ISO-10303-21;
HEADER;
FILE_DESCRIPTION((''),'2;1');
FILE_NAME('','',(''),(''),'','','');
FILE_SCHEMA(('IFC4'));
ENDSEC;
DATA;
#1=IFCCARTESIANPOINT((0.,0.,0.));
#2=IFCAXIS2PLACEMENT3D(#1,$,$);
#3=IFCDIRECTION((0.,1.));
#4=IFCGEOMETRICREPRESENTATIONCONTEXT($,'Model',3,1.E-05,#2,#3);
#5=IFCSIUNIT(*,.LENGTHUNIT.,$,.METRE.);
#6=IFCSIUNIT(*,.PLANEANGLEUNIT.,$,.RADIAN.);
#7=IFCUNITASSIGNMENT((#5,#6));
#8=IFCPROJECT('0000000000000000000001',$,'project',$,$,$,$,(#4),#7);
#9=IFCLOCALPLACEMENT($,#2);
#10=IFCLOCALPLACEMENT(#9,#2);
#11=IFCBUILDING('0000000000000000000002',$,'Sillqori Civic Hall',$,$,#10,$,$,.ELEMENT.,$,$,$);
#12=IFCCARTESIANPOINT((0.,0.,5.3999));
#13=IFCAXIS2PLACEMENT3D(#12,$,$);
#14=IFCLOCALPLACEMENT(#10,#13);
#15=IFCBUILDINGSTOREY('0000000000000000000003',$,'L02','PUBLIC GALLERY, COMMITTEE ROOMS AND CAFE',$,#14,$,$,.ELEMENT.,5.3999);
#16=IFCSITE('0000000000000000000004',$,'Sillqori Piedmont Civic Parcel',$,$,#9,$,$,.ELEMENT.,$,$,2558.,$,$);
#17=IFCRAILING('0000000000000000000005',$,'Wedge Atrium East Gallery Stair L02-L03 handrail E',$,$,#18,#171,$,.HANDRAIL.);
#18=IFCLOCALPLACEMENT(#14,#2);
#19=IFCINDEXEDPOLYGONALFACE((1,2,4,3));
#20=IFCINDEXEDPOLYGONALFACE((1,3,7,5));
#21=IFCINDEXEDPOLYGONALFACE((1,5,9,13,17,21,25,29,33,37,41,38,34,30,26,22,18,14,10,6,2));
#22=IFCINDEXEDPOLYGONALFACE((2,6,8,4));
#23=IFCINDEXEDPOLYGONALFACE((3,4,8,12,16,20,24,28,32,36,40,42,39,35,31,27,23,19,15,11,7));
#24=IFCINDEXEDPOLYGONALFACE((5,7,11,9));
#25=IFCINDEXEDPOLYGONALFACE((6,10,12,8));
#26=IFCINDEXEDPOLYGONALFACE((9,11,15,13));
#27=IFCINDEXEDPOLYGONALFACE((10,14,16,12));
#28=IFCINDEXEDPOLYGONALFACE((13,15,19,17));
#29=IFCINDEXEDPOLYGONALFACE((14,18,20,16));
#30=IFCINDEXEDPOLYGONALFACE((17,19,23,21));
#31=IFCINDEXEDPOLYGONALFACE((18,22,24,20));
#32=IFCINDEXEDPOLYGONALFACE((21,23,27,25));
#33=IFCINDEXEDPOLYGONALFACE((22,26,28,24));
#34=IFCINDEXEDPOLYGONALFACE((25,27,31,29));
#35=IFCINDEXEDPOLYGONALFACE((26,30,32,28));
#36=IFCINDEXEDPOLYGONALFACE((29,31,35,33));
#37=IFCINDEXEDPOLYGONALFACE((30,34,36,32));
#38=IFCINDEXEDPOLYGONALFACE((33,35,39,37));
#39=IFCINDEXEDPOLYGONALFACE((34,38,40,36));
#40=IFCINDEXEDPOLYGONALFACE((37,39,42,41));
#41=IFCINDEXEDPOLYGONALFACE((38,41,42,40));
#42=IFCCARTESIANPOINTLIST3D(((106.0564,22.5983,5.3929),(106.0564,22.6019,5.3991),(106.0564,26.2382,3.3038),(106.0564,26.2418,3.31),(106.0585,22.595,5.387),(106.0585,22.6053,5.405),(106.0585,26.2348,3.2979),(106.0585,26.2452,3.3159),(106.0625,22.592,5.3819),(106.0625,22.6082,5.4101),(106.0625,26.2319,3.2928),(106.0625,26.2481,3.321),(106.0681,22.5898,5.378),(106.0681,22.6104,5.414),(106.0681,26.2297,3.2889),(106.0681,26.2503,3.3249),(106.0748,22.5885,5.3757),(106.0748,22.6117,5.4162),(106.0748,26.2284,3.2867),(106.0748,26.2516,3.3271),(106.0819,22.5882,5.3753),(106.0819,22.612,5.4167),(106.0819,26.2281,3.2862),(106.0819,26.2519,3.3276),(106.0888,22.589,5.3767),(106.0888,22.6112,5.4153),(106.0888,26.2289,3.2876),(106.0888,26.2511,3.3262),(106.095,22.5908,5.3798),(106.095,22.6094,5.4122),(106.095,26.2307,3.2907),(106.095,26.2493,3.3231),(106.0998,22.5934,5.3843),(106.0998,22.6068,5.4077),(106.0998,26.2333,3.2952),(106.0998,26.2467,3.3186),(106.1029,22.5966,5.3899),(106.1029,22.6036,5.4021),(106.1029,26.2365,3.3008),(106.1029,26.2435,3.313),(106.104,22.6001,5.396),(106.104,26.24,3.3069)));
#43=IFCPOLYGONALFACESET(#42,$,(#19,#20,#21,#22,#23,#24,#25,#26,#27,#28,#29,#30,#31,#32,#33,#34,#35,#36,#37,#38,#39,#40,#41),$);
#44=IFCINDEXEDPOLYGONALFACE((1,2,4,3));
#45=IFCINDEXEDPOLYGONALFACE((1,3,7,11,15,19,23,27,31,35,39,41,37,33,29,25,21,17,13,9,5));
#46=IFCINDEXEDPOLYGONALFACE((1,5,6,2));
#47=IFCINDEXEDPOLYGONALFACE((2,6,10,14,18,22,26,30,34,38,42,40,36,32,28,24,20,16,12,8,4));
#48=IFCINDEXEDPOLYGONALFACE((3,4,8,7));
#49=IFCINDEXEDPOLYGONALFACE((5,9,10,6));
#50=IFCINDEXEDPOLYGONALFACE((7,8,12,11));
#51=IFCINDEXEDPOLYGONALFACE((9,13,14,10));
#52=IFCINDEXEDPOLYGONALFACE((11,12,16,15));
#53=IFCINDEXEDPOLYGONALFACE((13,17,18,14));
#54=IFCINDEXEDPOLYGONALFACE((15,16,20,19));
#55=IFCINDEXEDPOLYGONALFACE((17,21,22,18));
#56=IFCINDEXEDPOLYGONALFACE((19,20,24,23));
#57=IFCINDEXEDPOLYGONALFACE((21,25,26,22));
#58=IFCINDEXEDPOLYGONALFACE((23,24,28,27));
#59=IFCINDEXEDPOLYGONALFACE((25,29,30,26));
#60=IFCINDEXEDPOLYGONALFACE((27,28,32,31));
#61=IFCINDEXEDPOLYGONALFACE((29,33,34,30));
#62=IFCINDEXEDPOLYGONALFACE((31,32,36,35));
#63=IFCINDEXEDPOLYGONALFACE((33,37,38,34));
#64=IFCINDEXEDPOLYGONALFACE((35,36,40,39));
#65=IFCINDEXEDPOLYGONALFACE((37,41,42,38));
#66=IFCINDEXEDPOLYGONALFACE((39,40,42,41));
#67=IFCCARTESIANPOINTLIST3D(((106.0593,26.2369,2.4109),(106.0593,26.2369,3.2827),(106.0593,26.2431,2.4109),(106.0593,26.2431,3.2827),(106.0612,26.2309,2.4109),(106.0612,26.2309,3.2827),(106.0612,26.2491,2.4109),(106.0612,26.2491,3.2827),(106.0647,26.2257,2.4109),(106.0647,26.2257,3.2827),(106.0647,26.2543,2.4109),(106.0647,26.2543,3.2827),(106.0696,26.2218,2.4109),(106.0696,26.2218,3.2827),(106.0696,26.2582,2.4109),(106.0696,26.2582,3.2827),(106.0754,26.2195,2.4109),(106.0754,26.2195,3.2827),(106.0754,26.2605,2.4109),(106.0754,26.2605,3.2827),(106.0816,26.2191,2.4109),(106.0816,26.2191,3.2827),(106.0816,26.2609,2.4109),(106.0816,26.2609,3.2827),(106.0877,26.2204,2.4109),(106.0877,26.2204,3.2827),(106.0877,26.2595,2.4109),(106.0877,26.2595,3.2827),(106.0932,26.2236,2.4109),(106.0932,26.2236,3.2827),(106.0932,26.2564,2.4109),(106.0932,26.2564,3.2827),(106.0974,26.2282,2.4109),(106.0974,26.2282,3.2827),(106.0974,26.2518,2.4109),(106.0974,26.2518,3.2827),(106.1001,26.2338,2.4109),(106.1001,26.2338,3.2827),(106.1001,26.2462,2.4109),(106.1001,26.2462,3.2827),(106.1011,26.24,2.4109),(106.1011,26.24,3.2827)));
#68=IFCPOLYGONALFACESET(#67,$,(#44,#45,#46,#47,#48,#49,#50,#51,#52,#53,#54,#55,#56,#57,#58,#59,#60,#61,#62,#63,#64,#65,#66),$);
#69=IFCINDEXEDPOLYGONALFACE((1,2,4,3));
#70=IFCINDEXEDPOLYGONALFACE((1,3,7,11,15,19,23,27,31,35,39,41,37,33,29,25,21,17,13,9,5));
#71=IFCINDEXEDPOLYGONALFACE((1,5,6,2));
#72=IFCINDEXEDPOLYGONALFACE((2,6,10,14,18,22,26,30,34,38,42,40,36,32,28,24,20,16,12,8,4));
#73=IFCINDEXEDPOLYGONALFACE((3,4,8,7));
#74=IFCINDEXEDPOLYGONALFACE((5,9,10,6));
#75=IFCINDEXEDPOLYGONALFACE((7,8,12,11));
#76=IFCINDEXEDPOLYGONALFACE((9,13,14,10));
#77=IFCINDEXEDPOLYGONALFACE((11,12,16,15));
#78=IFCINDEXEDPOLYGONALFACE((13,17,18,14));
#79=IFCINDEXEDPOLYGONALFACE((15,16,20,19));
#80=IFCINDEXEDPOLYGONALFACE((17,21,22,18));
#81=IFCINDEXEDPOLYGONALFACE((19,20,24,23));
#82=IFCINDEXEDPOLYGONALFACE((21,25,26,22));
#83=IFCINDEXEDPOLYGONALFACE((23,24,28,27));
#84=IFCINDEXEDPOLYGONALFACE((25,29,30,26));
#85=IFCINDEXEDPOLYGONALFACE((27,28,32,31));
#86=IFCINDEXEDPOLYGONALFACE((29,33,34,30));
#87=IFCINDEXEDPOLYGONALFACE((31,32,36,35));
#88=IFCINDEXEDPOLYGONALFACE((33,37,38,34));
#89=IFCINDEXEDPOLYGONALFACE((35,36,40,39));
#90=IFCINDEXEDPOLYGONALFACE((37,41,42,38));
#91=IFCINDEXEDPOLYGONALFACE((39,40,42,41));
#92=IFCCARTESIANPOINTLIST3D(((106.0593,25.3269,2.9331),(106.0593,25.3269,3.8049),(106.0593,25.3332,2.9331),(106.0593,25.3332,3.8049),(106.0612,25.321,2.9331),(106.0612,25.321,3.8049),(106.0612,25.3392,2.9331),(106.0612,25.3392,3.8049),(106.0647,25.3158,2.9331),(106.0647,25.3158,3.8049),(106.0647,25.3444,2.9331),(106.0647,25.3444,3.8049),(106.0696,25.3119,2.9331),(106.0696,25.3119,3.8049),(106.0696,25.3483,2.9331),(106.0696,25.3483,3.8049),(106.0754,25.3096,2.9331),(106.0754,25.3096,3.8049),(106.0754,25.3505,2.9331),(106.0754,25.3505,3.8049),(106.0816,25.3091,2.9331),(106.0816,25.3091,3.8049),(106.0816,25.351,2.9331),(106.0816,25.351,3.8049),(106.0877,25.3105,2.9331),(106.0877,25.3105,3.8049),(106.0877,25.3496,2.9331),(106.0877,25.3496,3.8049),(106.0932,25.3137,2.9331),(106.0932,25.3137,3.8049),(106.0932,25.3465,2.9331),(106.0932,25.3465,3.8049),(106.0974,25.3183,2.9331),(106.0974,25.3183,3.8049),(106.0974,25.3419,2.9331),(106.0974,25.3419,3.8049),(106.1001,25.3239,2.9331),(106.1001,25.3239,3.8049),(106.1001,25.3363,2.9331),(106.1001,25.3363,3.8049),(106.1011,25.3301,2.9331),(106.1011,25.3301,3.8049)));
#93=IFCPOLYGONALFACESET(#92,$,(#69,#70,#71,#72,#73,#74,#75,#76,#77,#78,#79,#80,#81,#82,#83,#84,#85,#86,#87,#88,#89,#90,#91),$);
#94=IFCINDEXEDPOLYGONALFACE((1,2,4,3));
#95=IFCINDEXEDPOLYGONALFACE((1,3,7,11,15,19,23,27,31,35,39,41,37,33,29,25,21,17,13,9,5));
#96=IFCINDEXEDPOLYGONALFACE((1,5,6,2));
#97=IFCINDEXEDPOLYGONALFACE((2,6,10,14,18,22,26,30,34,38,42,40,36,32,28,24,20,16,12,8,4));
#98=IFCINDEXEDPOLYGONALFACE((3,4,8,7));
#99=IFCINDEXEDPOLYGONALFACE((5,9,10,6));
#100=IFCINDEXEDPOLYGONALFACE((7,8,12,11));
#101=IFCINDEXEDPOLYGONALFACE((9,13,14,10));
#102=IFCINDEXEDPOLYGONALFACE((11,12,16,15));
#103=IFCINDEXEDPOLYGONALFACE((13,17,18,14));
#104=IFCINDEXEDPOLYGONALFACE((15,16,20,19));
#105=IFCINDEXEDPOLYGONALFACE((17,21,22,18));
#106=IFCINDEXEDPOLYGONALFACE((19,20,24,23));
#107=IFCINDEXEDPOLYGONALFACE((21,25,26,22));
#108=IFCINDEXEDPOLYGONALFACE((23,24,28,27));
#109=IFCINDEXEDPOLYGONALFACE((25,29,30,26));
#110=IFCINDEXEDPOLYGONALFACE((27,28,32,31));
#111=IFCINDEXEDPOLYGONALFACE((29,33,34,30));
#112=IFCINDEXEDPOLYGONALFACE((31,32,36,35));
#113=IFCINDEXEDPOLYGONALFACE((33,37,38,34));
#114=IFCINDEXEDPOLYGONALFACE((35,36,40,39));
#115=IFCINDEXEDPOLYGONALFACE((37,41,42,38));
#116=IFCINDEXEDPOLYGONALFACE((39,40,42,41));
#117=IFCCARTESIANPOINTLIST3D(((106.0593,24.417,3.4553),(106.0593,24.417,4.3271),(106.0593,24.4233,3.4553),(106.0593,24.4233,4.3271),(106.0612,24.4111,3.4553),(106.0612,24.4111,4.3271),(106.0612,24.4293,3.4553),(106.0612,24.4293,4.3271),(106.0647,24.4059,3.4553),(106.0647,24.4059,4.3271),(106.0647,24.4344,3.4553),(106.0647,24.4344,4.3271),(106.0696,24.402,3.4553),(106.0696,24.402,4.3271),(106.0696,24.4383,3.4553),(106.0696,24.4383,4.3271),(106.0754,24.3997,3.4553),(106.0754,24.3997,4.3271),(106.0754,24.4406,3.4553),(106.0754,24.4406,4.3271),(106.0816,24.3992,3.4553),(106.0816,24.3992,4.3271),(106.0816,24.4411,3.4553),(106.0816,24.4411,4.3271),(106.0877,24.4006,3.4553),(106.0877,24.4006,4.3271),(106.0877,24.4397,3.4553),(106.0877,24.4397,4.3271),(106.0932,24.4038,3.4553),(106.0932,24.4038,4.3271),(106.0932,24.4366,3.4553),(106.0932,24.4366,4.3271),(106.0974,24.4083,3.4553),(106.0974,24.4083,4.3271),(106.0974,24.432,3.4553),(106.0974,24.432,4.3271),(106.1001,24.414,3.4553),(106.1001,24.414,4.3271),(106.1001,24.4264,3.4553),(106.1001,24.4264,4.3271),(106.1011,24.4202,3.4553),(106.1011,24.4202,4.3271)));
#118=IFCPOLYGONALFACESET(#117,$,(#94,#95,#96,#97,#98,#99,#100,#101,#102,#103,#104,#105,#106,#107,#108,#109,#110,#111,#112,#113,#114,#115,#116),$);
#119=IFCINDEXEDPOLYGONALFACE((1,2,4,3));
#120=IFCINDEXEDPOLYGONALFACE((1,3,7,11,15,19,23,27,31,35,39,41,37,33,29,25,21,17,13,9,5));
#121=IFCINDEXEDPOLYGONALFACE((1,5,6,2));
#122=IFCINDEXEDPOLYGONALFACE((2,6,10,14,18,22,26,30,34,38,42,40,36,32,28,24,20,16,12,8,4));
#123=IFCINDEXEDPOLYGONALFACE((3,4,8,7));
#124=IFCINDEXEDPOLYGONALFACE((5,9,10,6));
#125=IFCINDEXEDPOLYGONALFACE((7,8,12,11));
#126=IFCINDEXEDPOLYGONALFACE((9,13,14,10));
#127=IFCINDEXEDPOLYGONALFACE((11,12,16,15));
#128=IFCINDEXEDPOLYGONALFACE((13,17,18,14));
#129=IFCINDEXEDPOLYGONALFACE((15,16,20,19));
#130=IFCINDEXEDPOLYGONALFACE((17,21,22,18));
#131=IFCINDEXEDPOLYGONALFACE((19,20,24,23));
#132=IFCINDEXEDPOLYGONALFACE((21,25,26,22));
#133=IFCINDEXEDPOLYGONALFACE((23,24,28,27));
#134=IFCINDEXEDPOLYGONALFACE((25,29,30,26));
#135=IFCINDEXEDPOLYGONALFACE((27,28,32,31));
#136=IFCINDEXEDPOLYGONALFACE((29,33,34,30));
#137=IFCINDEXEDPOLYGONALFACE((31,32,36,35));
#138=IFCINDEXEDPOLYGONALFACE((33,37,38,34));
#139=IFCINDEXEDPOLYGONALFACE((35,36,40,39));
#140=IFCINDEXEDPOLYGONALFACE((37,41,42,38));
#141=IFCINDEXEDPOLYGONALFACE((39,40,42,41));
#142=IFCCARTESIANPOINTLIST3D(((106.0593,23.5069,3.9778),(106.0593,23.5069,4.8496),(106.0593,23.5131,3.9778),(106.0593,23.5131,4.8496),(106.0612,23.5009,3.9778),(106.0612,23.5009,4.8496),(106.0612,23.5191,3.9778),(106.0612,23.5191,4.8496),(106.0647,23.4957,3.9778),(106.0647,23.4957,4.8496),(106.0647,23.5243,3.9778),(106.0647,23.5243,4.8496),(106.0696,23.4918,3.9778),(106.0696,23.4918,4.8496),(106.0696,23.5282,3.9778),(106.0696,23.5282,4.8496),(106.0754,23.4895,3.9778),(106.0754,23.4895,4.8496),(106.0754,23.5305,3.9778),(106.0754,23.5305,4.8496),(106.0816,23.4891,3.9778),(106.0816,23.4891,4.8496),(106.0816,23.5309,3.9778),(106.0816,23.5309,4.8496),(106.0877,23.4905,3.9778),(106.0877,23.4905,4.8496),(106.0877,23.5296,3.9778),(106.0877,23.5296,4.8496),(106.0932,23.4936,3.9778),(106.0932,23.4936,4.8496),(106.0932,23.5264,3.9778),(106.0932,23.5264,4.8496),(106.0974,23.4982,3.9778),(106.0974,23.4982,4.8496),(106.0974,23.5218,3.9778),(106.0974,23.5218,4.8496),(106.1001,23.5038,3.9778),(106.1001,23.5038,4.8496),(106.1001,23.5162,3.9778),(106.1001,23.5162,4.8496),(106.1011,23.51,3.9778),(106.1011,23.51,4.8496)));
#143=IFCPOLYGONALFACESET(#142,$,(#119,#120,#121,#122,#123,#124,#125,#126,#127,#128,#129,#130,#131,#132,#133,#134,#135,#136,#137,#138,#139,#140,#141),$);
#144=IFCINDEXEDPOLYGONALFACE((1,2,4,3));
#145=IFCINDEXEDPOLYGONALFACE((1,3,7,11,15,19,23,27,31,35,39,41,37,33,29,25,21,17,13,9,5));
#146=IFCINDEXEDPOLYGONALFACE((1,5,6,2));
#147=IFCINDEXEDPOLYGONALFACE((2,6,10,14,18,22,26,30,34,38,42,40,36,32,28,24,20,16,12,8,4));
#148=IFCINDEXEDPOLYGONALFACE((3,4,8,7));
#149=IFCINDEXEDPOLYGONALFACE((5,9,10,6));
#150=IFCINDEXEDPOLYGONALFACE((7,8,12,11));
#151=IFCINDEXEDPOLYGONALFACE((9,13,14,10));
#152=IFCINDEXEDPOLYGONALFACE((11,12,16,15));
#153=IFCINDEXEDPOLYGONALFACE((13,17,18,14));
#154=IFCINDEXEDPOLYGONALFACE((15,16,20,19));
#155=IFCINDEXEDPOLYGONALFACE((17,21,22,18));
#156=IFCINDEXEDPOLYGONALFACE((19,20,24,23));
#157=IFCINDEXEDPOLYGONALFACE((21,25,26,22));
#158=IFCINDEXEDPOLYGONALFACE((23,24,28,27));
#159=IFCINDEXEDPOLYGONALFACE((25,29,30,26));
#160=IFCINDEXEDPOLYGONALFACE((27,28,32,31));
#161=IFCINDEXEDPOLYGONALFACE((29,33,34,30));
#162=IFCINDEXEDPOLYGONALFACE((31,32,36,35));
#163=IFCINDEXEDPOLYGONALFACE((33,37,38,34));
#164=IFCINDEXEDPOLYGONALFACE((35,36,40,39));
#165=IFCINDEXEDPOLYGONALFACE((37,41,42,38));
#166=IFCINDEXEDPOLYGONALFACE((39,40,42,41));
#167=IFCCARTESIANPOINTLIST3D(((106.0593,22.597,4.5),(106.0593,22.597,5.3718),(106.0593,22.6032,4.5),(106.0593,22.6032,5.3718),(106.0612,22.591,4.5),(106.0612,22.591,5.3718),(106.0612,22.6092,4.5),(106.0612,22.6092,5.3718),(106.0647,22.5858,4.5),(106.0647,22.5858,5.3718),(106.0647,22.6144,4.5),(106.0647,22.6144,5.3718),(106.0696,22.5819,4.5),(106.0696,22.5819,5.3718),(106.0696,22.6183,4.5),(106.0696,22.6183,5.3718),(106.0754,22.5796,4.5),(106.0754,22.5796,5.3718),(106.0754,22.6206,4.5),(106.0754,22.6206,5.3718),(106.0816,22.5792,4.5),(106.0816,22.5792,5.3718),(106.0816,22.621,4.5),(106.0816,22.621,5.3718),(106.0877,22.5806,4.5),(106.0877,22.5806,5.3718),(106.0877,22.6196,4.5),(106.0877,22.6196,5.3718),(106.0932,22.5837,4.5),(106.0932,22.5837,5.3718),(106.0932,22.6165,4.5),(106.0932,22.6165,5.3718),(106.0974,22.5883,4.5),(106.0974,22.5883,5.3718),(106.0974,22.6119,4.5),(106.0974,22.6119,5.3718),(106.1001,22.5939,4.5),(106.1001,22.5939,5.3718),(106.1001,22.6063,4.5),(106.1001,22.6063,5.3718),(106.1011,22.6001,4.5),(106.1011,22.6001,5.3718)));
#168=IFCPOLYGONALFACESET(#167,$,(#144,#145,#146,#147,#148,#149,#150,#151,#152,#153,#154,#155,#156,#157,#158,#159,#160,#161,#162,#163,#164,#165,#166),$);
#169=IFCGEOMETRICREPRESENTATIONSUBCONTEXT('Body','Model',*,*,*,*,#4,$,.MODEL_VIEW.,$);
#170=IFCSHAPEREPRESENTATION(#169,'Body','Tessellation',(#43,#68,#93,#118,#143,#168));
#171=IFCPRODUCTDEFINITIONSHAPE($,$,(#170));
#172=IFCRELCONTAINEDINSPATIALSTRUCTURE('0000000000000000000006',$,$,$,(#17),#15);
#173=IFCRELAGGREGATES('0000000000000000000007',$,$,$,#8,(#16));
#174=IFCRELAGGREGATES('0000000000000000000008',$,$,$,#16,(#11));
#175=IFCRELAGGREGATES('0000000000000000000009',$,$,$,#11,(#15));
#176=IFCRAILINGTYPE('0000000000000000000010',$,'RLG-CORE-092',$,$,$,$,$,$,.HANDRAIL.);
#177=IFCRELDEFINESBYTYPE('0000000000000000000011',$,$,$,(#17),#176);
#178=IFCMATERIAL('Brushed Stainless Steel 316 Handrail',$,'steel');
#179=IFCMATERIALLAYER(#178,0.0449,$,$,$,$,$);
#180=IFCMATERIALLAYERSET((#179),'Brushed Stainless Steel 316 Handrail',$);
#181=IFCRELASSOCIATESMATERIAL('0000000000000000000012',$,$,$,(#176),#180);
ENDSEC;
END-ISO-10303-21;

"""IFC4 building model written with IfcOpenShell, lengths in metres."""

from ifc_helpers import new_model, si_unit, direction, frame, origin, origin_2d, place, context, subcontext, project, spatial, circle, extrude, material, layer, layer_set, type_object, element, save


model = new_model("IFC4")

# Units and contexts
model_context = context("Model", 3, precision=1e-05, world=origin(), true_north=direction((0.0, 1.0)))
body_context = subcontext(model_context, "Body", "Model", "MODEL_VIEW")
ifc_project = project(units=[si_unit("LENGTHUNIT", "METRE"), si_unit("PLANEANGLEUNIT", "RADIAN")], contexts=[model_context])

# Site, building, storey
site_placement = place(None, origin())
site = spatial("IfcSite", under=ifc_project, at=site_placement, Name="Sillqori Piedmont Civic Parcel", CompositionType="ELEMENT", RefElevation=2558.0)
building_placement = place(site_placement, origin())
building = spatial("IfcBuilding", under=site, at=building_placement, Name="Sillqori Civic Hall", CompositionType="ELEMENT")
storey_placement = place(building_placement, frame((0.0, 0.0, 5.3999)))
storey = spatial("IfcBuildingStorey", under=building, at=storey_placement, Name="L02", Description="PUBLIC GALLERY, COMMITTEE ROOMS AND CAFE", CompositionType="ELEMENT", Elevation=5.3999)

# Railing
ifc_material_1 = material(Name="Brushed Stainless Steel 316 Handrail", Category="steel")
ifc_layer_1 = layer(ifc_material_1, 0.0449)
ifc_layer_set_1 = layer_set([ifc_layer_1], Name="Brushed Stainless Steel 316 Handrail")
railing_type_1 = type_object("IfcRailingType", Name="RLG-CORE-092", PredefinedType="HANDRAIL", material=ifc_layer_set_1)
railing_1_placement = place(storey_placement, frame((106.0801, 26.24, 2.4109)))
element("IfcRailing", 1, at=railing_1_placement, inside=storey, type_object=railing_type_1, Name="Wedge Atrium East Gallery Stair L02-L03 handrail E", PredefinedType="HANDRAIL", context=body_context, shape_type="SweptSolid", body=[
    extrude(circle(Radius=0.0239, at=origin_2d()), frame((0.0, 0.0, 0.896), z_axis=(0.0, -0.8673, 0.497786), x_axis=(1.0, 0.0, 0.0)), (0.0, 0.0, 1.0), 4.1968),
    extrude(circle(Radius=0.021, at=origin_2d()), origin(), (0.0, 0.0, 1.0), 0.8718),
    extrude(circle(Radius=0.021, at=origin_2d()), frame((0.0, -0.9099, 0.5222)), (0.0, 0.0, 1.0), 0.8718),
    extrude(circle(Radius=0.021, at=origin_2d()), frame((0.0, -1.8198, 1.0444)), (0.0, 0.0, 1.0), 0.8718),
    extrude(circle(Radius=0.021, at=origin_2d()), frame((0.0, -2.73, 1.5669)), (0.0, 0.0, 1.0), 0.8718),
    extrude(circle(Radius=0.021, at=origin_2d()), frame((0.0, -3.6399, 2.0891)), (0.0, 0.0, 1.0), 0.8718),
])

save(model, "model.ifc")
